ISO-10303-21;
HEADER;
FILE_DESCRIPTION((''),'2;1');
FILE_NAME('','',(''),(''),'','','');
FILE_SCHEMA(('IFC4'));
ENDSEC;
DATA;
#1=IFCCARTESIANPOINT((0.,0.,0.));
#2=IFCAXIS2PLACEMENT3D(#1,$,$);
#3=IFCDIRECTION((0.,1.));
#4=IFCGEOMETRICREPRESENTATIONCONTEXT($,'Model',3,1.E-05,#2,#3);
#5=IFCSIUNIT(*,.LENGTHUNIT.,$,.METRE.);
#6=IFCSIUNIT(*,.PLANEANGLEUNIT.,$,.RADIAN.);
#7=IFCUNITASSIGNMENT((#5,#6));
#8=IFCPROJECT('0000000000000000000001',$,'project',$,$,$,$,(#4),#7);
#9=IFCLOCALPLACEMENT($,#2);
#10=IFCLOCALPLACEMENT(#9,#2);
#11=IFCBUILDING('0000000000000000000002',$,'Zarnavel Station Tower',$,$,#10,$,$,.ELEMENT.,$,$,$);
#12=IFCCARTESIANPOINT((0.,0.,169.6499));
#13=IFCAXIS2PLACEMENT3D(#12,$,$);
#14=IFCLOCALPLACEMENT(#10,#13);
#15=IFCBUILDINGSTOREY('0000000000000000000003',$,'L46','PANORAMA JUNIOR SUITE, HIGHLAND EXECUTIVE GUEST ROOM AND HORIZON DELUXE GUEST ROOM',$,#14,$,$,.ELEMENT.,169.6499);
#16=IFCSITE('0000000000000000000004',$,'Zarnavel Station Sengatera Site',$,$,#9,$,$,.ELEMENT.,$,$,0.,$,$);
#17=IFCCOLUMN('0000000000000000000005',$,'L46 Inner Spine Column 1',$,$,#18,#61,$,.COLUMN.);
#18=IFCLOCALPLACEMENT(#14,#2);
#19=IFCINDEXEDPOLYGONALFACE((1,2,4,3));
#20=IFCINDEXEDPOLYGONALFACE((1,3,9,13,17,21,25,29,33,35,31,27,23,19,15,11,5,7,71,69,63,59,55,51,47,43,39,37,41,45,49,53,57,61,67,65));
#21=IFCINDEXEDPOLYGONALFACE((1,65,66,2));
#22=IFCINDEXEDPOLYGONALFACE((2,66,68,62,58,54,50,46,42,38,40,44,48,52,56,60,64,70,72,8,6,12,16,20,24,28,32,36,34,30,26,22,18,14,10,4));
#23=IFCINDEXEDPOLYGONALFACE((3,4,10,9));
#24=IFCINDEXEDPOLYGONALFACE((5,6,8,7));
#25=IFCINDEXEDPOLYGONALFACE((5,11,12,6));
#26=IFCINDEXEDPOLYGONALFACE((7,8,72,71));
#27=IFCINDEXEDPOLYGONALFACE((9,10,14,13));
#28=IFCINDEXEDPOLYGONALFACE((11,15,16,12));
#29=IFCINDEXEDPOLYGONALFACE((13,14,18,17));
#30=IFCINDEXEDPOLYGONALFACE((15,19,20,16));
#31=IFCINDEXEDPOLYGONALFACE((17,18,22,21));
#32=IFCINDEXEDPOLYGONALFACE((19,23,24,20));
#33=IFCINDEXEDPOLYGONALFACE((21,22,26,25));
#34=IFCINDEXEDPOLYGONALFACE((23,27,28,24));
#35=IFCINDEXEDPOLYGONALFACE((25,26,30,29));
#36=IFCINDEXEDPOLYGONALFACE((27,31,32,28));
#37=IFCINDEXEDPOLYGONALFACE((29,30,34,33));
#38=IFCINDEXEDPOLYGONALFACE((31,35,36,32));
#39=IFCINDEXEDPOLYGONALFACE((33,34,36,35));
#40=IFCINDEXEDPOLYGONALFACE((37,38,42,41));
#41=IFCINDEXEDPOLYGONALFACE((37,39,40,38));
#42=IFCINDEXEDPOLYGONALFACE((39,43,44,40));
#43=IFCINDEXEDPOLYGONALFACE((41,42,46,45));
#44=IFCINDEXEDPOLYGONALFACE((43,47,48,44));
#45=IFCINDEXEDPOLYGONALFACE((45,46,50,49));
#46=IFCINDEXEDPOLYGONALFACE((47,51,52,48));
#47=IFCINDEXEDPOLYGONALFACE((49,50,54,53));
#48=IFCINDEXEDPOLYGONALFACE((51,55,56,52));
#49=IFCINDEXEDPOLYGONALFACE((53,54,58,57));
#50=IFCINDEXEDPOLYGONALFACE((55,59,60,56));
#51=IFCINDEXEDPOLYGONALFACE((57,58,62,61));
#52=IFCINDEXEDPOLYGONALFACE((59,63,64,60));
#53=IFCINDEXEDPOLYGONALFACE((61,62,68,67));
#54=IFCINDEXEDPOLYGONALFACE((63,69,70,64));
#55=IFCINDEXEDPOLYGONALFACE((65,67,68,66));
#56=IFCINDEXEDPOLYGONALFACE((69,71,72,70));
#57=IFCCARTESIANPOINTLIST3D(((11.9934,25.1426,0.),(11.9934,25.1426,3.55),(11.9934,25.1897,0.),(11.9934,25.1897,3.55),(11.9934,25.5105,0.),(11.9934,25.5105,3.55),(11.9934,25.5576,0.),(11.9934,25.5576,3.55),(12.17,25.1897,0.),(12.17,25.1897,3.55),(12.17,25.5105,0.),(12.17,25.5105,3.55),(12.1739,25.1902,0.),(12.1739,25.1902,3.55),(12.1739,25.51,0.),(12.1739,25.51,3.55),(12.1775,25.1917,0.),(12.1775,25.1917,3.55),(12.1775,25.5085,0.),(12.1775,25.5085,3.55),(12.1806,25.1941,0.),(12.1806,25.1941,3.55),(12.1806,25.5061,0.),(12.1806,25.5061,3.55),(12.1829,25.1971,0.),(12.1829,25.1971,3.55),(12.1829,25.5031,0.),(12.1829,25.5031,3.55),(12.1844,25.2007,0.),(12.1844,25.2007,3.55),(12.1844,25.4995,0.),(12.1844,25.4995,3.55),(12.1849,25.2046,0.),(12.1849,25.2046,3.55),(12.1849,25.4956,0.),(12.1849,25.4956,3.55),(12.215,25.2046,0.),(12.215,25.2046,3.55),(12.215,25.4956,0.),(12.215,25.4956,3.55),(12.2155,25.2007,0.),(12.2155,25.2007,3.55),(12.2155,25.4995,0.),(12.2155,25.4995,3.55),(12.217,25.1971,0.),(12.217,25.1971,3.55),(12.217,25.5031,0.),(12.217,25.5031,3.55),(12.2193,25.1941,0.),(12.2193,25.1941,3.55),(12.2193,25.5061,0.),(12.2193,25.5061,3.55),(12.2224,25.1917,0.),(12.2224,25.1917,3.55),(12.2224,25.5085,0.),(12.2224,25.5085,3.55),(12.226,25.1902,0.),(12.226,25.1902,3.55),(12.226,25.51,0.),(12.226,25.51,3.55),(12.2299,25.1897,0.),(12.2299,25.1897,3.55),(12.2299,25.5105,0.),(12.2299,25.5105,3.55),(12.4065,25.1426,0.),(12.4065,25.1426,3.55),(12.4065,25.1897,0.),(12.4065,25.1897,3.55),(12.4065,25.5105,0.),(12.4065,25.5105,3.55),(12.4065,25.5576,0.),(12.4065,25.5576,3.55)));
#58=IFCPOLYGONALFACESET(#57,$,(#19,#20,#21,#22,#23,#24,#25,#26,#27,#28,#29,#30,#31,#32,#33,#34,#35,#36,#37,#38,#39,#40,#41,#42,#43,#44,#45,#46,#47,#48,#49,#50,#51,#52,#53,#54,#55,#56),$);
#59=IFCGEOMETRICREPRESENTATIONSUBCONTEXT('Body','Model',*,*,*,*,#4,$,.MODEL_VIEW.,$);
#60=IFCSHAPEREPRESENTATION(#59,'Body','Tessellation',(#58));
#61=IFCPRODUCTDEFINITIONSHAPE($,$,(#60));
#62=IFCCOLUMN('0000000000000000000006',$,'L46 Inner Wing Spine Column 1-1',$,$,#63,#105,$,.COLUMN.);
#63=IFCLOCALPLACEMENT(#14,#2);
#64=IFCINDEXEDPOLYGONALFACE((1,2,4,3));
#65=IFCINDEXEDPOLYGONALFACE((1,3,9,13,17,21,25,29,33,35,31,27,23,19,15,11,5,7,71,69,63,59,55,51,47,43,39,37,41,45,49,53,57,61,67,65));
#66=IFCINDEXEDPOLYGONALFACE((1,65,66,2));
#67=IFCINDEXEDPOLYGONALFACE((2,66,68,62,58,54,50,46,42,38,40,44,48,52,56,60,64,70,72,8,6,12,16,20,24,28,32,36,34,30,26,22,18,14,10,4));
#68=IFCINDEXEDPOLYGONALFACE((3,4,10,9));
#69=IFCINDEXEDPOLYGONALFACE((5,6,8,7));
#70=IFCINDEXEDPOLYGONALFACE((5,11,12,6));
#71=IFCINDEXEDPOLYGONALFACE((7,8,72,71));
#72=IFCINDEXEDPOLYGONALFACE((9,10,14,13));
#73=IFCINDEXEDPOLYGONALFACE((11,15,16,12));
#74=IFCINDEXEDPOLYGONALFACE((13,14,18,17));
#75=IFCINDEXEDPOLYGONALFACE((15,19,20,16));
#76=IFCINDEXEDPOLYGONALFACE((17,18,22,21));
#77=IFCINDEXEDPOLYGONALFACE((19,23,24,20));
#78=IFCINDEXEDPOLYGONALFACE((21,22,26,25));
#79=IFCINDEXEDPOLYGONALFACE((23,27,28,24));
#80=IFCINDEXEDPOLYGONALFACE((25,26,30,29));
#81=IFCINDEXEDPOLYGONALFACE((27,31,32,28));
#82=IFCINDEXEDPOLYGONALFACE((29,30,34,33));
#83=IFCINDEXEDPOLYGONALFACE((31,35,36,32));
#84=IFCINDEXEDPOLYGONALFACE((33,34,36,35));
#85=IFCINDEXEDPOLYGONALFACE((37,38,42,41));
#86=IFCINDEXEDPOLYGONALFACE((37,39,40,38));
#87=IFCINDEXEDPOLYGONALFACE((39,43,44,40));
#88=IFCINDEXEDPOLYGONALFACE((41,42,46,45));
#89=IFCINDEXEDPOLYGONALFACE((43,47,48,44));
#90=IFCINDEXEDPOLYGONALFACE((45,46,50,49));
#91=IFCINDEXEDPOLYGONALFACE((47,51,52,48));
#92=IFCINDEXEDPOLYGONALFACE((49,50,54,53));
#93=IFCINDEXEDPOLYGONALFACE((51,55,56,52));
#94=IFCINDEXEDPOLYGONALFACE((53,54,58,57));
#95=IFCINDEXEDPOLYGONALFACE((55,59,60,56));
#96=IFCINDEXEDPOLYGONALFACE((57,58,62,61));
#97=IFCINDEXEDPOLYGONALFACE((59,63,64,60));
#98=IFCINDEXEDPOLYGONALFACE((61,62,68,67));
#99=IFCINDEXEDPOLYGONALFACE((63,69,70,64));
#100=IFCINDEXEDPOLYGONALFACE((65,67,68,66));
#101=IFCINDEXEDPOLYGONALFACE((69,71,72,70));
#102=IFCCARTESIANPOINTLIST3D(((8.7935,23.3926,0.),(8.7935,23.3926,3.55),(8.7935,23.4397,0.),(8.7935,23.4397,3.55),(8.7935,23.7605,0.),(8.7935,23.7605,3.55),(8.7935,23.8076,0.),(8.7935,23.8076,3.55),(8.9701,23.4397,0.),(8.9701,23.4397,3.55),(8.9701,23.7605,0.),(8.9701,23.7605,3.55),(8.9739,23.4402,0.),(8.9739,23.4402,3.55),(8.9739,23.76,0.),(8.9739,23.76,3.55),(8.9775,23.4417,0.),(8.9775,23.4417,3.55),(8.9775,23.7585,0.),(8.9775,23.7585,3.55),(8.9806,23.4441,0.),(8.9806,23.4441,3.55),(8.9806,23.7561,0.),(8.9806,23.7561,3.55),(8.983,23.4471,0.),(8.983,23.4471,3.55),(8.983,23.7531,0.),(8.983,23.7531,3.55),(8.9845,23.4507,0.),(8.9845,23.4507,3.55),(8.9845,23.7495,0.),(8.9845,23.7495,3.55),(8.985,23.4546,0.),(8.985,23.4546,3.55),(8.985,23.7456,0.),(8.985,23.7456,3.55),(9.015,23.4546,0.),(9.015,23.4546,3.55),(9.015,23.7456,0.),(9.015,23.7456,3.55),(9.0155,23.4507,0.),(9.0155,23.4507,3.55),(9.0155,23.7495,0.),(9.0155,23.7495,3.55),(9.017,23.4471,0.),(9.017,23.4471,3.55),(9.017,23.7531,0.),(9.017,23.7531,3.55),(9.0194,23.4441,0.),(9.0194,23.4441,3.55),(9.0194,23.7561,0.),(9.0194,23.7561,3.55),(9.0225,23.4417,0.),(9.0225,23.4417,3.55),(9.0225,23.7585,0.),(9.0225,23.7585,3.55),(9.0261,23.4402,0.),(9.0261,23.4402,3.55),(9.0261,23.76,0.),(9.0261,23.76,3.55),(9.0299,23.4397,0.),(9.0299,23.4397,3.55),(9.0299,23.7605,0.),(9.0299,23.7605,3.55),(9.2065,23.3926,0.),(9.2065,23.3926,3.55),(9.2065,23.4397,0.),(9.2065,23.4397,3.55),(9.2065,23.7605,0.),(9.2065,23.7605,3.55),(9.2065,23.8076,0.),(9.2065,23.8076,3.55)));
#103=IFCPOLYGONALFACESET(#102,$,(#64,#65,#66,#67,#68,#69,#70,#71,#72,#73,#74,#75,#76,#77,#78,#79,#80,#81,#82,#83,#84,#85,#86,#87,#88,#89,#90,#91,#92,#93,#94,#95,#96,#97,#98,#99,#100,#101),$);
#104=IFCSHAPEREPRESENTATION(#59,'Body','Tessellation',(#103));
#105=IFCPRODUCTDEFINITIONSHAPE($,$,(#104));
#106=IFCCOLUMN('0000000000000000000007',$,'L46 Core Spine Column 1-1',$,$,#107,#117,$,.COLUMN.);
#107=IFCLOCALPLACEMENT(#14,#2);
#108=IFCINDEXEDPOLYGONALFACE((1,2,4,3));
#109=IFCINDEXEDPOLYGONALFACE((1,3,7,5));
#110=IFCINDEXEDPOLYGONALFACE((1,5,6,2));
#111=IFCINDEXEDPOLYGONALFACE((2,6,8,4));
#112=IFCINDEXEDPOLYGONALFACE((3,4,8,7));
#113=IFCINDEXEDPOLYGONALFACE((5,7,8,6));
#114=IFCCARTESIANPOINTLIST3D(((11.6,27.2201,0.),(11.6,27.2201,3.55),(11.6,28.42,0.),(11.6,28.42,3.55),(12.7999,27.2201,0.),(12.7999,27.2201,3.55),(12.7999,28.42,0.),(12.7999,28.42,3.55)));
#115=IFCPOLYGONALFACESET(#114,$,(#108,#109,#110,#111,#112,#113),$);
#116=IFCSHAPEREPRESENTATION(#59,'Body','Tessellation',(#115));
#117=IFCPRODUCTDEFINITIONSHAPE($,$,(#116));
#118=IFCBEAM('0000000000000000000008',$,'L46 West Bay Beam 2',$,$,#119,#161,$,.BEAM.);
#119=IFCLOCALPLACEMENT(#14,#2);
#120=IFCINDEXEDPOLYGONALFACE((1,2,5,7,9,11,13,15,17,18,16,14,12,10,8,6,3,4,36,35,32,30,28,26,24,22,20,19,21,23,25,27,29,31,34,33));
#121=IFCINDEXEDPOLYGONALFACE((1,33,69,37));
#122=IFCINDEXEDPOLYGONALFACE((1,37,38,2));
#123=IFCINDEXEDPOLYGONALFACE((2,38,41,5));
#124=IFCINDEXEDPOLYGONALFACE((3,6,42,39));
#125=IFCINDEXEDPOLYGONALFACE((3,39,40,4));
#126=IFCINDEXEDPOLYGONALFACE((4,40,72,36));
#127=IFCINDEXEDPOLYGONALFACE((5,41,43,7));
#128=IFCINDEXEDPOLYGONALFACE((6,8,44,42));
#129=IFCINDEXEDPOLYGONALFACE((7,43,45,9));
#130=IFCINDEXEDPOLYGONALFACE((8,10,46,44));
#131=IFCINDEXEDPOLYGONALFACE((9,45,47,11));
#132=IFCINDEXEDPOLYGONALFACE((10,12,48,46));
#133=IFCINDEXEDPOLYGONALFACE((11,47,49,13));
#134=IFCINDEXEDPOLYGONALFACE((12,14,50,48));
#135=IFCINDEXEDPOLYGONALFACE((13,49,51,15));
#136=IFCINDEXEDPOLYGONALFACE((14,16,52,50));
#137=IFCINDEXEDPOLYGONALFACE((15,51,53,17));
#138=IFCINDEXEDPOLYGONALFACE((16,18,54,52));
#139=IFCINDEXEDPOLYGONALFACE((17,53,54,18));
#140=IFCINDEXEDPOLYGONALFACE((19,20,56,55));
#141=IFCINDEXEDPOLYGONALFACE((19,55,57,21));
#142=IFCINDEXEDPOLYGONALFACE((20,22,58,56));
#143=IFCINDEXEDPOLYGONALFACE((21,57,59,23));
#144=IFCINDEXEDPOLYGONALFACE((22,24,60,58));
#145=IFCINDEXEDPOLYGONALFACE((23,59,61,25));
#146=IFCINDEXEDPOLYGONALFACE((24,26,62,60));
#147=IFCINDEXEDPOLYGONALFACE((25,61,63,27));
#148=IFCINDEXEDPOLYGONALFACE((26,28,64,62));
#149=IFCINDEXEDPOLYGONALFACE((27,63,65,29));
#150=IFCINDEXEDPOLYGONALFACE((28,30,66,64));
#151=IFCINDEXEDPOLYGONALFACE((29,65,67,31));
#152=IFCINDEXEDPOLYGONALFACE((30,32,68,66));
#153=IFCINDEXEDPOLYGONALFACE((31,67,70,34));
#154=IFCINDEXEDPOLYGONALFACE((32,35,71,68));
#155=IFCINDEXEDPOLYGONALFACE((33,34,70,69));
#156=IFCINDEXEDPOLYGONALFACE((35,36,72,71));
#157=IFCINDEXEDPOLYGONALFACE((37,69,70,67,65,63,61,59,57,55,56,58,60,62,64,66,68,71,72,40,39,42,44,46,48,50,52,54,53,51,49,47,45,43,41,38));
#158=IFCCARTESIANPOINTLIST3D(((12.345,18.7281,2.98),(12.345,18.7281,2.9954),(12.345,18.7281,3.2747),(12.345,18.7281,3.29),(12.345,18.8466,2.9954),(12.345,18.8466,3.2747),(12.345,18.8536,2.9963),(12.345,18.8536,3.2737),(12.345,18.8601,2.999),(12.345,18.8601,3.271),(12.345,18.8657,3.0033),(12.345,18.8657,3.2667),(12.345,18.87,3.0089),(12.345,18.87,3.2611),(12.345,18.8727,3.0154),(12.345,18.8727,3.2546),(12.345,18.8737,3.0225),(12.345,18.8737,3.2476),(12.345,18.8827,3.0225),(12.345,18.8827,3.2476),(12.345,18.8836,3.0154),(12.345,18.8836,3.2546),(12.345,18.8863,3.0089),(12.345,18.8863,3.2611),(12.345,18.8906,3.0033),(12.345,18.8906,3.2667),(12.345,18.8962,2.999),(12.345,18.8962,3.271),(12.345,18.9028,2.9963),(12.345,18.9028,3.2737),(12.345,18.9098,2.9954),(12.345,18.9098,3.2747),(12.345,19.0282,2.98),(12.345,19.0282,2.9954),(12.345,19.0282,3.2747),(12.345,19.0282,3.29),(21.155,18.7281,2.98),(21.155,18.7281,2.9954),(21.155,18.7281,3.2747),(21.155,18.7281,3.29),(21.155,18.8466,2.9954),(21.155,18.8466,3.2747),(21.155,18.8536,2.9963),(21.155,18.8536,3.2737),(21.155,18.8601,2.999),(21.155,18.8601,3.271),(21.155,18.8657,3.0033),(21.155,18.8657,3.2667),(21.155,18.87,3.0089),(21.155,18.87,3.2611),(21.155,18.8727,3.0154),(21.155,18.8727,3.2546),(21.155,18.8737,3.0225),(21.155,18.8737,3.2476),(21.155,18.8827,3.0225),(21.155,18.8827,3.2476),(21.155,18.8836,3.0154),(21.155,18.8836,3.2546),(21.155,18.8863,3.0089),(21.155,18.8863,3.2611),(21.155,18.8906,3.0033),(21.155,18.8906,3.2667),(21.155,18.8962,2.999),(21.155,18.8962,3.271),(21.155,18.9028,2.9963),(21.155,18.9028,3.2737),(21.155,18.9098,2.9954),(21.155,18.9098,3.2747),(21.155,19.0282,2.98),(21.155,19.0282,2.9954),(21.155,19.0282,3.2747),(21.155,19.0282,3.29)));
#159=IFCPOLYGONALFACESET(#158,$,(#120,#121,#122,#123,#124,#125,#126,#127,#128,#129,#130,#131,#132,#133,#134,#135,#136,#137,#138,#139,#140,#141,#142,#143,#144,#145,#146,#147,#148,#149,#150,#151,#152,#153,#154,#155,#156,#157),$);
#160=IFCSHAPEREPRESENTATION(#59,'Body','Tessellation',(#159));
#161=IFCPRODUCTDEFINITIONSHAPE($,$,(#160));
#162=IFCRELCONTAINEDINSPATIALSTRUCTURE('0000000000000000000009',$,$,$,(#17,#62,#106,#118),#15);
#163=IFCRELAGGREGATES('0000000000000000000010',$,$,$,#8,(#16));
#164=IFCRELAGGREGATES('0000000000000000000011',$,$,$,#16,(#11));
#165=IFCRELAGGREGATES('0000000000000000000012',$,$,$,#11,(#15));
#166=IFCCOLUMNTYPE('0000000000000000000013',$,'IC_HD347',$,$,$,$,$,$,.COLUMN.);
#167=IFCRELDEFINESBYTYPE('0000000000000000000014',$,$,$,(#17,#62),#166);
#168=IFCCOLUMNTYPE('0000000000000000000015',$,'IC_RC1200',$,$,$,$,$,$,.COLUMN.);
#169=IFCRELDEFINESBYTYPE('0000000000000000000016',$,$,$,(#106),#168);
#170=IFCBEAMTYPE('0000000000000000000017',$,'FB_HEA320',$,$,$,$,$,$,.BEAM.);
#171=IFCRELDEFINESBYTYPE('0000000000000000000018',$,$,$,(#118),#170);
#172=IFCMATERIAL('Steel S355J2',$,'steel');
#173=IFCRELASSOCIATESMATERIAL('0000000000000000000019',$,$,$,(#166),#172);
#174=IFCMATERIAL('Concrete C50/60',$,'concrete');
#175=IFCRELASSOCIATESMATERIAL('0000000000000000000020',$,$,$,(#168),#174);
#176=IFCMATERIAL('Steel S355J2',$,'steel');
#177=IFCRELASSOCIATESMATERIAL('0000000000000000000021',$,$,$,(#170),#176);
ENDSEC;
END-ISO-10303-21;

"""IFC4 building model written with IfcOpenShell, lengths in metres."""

from ifc_helpers import new_model, si_unit, direction, frame, origin, origin_2d, place, context, subcontext, project, spatial, rectangle, i_section, extrude, material, material_profile, profile_set, type_object, element, save


model = new_model("IFC4")

# Units and contexts
model_context = context("Model", 3, precision=1e-05, world=origin(), true_north=direction((0.0, 1.0)))
body_context = subcontext(model_context, "Body", "Model", "MODEL_VIEW")
ifc_project = project(units=[si_unit("LENGTHUNIT", "METRE"), si_unit("PLANEANGLEUNIT", "RADIAN")], contexts=[model_context])

# Site, building, storey
site_placement = place(None, origin())
site = spatial("IfcSite", under=ifc_project, at=site_placement, Name="Zarnavel Station Sengatera Site", CompositionType="ELEMENT", RefElevation=0.0)
building_placement = place(site_placement, origin())
building = spatial("IfcBuilding", under=site, at=building_placement, Name="Zarnavel Station Tower", CompositionType="ELEMENT")
storey_placement = place(building_placement, frame((0.0, 0.0, 169.6499)))
storey = spatial("IfcBuildingStorey", under=building, at=storey_placement, Name="L46", Description="PANORAMA JUNIOR SUITE, HIGHLAND EXECUTIVE GUEST ROOM AND HORIZON DELUXE GUEST ROOM", CompositionType="ELEMENT", Elevation=169.6499)

# Columns
ifc_material_1 = material(Name="Steel S355J2", Category="steel")
ifc_material_profile_1 = material_profile(ifc_material_1, i_section(OverallWidth=0.4131, OverallDepth=0.415, WebThickness=0.03, FlangeThickness=0.0471, FilletRadius=0.0149, at=origin_2d()), Name="HD400x347")
ifc_profile_set_1 = profile_set([ifc_material_profile_1], Name="Steel S355J2")
column_type_1 = type_object("IfcColumnType", Name="IC_HD347", PredefinedType="COLUMN", material=ifc_profile_set_1)
for number, where, z_axis, x_axis, name in (
    (1, (12.2, 25.3501, 0.0), (0.0, 0.0, 1.0), (1.0, 0.0, 0.0), "L46 Inner Spine Column 1"),
    (2, (9.0, 23.6001, 0.0), (0.0, 0.0, 1.0), (1.0, 0.0, 0.0), "L46 Inner Wing Spine Column 1-1"),
):
    element("IfcColumn", number, at=place(storey_placement, frame(where, z_axis=z_axis, x_axis=x_axis)), inside=storey, type_object=column_type_1, Name=name, PredefinedType="COLUMN", context=body_context, shape_type="SweptSolid", body=[
        extrude(i_section(OverallWidth=0.4131, OverallDepth=0.415, WebThickness=0.03, FlangeThickness=0.0471, FilletRadius=0.0149, at=origin_2d()), origin(), (0.0, 0.0, 1.0), 3.55),
    ])
ifc_material_2 = material(Name="Concrete C50/60", Category="concrete")
ifc_material_profile_2 = material_profile(ifc_material_2, rectangle(XDim=1.2, YDim=1.2, at=origin_2d()), Name="RC1200x1200")
ifc_profile_set_2 = profile_set([ifc_material_profile_2], Name="Concrete C50/60")
column_type_2 = type_object("IfcColumnType", Name="IC_RC1200", PredefinedType="COLUMN", material=ifc_profile_set_2)
column_placement = place(storey_placement, frame((12.2, 27.8201, 0.0), z_axis=(0.0, 0.0, 1.0), x_axis=(1.0, 0.0, 0.0)))
element("IfcColumn", 3, at=column_placement, inside=storey, type_object=column_type_2, Name="L46 Core Spine Column 1-1", PredefinedType="COLUMN", context=body_context, shape_type="SweptSolid", body=[
    extrude(rectangle(XDim=1.2, YDim=1.2, at=origin_2d()), origin(), (0.0, 0.0, 1.0), 3.55),
])

# Beam
ifc_material_3 = material(Name="Steel S355J2", Category="steel")
ifc_material_profile_3 = material_profile(ifc_material_3, i_section(OverallWidth=0.3, OverallDepth=0.3101, WebThickness=0.009, FlangeThickness=0.0154, FilletRadius=0.0271, at=origin_2d()), Name="HEA320")
ifc_profile_set_3 = profile_set([ifc_material_profile_3], Name="Steel S355J2")
beam_type_1 = type_object("IfcBeamType", Name="FB_HEA320", PredefinedType="BEAM", material=ifc_profile_set_3)
beam_1_placement = place(storey_placement, frame((12.345, 18.8782, 3.135), z_axis=(1.0, 0.0, 0.0), x_axis=(0.0, 1.0, 0.0)))
element("IfcBeam", 4, at=beam_1_placement, inside=storey, type_object=beam_type_1, Name="L46 West Bay Beam 2", PredefinedType="BEAM", context=body_context, shape_type="SweptSolid", body=[
    extrude(i_section(OverallWidth=0.3, OverallDepth=0.3101, WebThickness=0.009, FlangeThickness=0.0154, FilletRadius=0.0271, at=origin_2d()), origin(), (0.0, 0.0, 1.0), 8.8101),
])

save(model, "model.ifc")
